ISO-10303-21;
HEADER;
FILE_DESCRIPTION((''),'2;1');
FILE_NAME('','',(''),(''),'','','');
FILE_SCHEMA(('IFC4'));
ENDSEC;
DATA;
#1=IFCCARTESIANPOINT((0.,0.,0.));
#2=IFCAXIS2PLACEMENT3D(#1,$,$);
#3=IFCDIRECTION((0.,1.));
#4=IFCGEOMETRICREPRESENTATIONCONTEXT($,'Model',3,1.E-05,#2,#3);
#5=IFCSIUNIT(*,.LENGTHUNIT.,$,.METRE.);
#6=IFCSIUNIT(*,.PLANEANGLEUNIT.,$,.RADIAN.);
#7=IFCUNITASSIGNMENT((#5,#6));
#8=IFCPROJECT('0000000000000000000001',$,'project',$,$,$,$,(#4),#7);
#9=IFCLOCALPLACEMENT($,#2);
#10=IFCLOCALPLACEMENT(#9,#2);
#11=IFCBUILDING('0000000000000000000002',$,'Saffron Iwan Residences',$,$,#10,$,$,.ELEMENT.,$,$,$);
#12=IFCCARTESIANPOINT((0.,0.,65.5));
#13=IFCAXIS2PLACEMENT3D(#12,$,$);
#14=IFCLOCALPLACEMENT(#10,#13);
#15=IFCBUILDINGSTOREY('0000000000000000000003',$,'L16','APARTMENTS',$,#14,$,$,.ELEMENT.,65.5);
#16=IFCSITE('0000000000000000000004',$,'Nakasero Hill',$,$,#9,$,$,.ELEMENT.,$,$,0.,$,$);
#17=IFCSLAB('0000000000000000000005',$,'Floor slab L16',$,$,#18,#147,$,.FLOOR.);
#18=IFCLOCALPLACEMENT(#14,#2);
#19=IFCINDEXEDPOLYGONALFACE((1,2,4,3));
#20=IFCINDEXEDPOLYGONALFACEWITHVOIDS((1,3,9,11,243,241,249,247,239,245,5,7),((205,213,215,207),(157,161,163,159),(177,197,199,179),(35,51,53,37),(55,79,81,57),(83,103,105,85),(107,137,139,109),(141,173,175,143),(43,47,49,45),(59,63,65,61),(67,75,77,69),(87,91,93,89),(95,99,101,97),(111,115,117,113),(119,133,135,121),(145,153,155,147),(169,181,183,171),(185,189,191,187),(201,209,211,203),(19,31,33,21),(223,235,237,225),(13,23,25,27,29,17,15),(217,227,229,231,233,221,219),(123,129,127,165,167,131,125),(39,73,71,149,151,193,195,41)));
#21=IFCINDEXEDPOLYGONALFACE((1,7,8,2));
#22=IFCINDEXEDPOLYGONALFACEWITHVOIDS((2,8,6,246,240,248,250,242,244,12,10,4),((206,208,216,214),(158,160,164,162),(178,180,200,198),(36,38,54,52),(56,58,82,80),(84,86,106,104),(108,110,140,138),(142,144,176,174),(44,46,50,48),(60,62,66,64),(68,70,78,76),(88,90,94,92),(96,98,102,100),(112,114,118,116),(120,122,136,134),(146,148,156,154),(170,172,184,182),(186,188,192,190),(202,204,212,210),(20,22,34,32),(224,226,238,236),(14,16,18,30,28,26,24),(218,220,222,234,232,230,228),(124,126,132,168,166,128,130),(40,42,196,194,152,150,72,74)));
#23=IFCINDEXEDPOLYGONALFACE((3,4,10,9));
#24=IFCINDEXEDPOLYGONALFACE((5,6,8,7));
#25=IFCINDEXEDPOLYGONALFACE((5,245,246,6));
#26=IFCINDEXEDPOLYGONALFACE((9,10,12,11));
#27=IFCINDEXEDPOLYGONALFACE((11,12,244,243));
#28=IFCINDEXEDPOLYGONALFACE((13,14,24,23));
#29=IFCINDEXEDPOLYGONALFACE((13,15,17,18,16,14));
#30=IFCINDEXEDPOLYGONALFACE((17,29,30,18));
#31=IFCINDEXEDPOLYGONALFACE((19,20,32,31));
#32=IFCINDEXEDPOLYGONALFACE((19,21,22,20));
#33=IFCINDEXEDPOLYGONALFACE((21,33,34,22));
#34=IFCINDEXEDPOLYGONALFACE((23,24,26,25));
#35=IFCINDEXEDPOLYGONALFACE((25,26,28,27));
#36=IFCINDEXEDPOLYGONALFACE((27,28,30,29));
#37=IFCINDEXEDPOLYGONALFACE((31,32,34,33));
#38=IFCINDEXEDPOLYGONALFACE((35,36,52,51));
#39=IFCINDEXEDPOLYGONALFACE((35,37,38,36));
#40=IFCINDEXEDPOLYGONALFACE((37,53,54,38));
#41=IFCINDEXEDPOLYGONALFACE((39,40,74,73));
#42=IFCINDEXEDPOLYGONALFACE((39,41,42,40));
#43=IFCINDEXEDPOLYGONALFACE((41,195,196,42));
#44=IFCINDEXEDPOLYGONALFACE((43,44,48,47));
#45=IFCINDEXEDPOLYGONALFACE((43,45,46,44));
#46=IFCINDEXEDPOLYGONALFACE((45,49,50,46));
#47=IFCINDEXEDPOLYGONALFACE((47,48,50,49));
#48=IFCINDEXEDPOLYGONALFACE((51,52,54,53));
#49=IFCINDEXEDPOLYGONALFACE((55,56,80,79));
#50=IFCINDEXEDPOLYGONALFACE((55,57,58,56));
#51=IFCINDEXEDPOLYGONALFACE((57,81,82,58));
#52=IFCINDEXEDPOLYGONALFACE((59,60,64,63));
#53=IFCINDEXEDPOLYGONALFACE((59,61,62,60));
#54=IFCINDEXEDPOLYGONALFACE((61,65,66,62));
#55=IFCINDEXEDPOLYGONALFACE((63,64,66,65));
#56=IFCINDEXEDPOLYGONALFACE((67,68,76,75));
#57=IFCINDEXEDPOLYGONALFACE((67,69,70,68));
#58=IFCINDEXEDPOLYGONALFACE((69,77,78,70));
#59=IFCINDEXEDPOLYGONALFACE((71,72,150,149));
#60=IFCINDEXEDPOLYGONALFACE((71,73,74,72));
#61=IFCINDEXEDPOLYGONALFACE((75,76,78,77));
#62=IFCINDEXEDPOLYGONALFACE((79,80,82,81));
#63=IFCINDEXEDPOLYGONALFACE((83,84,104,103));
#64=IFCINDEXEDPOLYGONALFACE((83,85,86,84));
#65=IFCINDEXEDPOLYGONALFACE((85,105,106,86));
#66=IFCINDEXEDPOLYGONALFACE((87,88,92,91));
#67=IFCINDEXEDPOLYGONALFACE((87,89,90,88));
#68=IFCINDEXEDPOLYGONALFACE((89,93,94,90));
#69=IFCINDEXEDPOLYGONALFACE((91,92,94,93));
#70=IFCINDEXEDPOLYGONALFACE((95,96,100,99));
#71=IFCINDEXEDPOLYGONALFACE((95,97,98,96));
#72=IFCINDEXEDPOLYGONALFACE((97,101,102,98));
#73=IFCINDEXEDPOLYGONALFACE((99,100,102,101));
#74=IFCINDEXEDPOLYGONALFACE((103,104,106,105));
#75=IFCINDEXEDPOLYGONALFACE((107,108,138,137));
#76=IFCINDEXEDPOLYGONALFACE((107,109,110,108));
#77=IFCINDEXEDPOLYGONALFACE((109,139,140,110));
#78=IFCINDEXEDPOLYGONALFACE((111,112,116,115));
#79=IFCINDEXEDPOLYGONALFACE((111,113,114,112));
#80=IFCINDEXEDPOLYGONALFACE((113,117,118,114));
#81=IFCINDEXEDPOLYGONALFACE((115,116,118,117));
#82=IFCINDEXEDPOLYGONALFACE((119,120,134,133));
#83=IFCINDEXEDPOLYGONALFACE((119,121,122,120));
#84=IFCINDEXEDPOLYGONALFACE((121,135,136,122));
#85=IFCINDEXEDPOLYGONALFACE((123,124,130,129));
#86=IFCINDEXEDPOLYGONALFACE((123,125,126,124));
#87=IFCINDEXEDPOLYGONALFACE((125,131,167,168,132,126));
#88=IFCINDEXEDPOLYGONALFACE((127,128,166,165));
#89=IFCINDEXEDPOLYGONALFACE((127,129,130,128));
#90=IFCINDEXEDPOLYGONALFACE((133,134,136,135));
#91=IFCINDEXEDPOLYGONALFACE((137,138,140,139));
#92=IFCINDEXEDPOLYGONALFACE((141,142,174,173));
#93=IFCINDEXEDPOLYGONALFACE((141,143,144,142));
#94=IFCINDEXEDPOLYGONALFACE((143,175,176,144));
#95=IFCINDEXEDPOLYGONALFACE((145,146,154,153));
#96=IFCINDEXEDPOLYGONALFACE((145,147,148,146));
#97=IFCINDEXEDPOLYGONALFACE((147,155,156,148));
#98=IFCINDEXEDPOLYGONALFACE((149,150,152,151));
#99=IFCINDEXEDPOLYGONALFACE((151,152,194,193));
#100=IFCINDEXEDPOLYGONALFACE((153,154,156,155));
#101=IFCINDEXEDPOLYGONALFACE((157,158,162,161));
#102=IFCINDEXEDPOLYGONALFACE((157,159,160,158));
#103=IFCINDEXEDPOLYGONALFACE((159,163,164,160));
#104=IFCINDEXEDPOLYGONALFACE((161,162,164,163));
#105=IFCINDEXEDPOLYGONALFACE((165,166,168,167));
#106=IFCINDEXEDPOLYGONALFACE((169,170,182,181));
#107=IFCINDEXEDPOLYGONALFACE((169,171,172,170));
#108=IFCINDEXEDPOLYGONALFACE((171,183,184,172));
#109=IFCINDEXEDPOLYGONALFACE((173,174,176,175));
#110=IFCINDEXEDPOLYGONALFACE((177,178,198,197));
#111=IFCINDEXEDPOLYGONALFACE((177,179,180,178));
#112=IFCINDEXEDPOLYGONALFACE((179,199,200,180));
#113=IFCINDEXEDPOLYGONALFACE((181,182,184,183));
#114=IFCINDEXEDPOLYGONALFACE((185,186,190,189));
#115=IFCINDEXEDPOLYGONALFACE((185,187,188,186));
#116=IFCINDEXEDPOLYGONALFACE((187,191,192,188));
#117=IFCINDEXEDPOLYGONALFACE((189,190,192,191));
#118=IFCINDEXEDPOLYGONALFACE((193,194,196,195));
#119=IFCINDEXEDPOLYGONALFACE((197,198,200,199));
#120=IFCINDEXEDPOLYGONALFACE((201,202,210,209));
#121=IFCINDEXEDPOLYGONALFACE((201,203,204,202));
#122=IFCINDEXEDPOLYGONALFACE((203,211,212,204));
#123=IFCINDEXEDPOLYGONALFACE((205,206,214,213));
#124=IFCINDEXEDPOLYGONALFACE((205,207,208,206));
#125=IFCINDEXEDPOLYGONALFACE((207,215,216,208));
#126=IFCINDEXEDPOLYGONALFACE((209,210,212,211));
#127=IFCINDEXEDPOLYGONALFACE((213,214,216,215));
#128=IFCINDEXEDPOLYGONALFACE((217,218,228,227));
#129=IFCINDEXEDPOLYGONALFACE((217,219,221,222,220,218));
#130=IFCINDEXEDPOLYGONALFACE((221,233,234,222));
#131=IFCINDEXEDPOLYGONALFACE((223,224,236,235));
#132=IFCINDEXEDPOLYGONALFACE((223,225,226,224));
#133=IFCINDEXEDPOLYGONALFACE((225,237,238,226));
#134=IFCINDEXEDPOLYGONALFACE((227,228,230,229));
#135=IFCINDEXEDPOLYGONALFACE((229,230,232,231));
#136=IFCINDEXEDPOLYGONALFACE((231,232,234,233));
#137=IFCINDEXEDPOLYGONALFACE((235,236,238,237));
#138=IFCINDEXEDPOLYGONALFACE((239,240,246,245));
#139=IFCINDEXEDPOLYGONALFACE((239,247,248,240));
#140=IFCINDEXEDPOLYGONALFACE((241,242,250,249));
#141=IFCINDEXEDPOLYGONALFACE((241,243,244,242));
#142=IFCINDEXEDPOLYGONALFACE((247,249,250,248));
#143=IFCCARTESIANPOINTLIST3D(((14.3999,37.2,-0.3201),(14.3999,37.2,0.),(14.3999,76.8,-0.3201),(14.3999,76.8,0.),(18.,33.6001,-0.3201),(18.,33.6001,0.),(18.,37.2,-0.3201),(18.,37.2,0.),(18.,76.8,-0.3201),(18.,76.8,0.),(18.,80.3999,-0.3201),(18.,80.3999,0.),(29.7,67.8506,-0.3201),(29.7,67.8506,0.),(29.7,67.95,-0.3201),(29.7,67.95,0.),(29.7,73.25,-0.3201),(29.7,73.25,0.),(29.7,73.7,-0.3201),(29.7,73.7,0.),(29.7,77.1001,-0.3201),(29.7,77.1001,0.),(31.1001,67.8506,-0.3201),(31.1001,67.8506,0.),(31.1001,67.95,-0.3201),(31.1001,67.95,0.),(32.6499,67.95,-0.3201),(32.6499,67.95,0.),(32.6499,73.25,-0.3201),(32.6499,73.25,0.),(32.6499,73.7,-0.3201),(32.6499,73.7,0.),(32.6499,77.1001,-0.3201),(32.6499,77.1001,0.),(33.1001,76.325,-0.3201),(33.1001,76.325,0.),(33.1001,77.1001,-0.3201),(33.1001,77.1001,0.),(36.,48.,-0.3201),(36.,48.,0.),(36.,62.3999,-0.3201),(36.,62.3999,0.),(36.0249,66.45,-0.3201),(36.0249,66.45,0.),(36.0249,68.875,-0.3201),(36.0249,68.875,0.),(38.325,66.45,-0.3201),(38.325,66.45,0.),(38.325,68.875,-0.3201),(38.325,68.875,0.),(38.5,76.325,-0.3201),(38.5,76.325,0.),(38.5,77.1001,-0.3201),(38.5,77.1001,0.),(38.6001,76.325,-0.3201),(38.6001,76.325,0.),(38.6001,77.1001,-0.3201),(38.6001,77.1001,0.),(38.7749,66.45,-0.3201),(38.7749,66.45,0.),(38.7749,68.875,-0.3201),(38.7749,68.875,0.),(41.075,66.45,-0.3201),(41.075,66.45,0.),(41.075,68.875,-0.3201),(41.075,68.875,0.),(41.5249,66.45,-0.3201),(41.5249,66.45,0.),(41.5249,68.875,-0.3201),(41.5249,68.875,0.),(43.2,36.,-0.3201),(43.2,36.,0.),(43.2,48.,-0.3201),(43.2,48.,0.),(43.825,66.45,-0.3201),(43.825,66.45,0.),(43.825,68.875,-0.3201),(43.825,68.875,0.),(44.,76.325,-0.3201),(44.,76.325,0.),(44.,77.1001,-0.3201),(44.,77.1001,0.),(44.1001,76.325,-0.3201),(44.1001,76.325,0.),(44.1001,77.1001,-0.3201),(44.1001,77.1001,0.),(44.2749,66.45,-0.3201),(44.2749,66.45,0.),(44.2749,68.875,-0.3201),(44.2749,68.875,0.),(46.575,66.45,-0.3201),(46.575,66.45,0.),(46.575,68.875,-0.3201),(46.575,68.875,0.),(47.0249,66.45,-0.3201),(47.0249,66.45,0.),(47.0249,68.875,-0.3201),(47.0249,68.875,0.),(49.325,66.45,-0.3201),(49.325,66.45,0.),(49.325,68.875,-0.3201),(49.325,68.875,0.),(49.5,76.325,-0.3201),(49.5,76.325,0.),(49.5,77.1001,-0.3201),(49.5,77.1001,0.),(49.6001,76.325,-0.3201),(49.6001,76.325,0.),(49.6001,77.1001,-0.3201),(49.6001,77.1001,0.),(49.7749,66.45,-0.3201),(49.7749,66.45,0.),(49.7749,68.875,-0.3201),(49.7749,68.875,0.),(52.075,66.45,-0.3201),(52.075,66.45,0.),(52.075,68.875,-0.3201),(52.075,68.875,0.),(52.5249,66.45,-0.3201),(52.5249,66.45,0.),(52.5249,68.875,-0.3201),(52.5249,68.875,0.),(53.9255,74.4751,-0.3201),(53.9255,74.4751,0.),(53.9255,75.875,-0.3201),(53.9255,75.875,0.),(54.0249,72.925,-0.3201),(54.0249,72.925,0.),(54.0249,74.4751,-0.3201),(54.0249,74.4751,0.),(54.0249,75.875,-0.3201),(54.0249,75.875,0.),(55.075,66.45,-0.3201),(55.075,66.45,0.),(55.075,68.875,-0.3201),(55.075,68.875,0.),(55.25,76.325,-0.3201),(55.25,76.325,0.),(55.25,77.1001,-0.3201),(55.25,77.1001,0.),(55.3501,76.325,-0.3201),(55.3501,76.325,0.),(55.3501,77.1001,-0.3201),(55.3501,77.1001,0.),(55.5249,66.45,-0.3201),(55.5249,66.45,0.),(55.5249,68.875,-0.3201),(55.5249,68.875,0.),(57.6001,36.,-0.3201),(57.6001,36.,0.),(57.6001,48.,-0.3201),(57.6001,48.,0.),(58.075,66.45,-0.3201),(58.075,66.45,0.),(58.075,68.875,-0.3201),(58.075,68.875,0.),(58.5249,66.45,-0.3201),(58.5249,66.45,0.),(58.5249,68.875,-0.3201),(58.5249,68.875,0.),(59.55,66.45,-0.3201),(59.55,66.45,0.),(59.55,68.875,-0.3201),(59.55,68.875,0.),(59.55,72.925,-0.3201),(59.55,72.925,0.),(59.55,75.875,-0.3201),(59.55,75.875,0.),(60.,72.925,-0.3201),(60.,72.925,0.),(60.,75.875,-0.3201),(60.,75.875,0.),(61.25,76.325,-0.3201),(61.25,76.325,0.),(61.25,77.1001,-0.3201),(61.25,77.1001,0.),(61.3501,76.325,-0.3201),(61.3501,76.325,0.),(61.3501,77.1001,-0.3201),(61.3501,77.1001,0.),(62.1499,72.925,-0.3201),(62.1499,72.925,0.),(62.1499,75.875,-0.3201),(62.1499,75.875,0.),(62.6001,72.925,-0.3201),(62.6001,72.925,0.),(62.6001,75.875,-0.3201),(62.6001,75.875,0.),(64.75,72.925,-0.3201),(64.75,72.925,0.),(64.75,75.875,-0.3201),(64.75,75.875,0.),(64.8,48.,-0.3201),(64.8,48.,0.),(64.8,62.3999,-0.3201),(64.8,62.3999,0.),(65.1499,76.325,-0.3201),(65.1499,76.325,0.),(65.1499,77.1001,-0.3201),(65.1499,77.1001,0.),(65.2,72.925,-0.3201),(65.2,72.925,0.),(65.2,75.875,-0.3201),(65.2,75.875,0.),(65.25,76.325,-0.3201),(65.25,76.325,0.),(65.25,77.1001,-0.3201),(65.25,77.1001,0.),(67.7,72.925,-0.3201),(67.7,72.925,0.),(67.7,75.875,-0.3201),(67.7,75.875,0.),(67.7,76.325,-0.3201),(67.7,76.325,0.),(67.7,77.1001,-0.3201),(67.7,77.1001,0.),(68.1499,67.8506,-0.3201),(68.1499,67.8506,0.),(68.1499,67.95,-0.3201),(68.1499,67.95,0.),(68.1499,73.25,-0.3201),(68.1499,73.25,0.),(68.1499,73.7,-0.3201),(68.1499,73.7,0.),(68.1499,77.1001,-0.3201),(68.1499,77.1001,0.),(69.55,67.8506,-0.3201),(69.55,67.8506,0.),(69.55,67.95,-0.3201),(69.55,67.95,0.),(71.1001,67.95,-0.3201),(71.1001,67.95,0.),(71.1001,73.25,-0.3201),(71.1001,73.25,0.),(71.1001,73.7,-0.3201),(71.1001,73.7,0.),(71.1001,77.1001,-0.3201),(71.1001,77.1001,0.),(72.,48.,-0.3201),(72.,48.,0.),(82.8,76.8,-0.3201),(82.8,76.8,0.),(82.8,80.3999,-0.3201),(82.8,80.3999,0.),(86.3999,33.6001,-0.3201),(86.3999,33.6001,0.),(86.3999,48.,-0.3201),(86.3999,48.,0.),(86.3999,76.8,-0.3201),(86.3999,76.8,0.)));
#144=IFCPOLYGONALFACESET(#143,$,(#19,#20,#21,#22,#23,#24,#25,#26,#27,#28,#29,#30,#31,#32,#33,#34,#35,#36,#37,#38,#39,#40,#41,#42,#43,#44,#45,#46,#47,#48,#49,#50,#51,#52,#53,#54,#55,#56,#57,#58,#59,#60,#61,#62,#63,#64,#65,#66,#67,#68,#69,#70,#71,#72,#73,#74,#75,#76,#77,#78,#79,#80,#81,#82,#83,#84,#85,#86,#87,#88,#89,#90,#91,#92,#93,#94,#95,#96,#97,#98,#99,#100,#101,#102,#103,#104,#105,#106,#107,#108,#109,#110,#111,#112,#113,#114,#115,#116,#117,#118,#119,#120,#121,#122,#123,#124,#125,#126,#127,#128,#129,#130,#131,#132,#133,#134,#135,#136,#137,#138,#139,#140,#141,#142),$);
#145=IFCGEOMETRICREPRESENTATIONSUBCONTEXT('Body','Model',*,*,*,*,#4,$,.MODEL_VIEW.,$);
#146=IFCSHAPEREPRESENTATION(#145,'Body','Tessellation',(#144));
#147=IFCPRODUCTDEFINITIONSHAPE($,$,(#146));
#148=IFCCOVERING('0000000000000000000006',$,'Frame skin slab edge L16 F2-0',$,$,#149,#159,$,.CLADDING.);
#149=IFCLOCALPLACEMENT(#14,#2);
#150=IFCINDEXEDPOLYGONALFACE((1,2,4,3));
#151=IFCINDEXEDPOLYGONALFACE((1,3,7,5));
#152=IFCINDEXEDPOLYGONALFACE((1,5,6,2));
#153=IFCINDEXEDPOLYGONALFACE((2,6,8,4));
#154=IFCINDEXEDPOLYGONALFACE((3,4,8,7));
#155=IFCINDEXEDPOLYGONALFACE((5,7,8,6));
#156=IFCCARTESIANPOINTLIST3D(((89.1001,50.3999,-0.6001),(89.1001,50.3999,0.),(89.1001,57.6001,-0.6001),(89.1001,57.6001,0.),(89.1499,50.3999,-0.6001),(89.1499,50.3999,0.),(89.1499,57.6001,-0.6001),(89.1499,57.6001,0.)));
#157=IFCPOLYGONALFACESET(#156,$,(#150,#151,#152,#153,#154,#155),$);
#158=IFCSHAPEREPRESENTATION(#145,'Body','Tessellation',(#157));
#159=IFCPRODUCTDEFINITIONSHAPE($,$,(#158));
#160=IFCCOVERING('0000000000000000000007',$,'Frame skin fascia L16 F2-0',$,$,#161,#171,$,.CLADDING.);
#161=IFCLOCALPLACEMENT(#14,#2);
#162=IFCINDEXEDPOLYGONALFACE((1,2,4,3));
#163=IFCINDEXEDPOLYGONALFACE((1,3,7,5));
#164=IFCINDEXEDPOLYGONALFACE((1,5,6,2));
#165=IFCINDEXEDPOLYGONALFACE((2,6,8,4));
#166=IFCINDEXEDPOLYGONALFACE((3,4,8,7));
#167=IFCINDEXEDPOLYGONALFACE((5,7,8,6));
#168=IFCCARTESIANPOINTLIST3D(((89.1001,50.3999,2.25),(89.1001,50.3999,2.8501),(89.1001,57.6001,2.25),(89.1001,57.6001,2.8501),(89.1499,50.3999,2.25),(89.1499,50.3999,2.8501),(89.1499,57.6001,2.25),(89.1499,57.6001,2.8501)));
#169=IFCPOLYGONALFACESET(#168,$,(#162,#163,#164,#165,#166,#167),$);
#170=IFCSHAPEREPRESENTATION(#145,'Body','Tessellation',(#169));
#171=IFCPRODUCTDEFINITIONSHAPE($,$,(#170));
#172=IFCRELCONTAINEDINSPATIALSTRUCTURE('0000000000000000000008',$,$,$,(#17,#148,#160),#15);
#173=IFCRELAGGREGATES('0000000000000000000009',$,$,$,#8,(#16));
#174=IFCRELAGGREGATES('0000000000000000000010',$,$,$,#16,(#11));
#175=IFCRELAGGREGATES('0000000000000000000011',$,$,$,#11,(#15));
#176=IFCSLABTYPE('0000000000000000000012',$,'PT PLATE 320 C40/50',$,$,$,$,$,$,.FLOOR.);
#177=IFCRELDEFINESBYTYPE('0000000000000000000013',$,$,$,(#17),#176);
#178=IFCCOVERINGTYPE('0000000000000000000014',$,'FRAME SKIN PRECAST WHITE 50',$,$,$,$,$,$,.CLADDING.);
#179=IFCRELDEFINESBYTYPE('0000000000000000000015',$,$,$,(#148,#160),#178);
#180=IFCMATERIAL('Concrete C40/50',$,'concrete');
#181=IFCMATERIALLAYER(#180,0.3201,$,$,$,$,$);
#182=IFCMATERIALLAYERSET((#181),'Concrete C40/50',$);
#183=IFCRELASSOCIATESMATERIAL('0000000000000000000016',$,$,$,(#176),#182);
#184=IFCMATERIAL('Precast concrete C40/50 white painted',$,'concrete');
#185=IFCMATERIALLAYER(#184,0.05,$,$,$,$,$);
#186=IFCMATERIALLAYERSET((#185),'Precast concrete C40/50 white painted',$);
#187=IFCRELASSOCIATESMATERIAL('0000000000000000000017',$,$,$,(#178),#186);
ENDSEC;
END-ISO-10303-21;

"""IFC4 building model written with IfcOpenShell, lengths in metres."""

from ifc_helpers import new_model, si_unit, direction, frame, origin, place, context, subcontext, project, spatial, polyline, outline, extrude, material, layer, layer_set, type_object, element, save


model = new_model("IFC4")

# Units and contexts
model_context = context("Model", 3, precision=1e-05, world=origin(), true_north=direction((0.0, 1.0)))
body_context = subcontext(model_context, "Body", "Model", "MODEL_VIEW")
ifc_project = project(units=[si_unit("LENGTHUNIT", "METRE"), si_unit("PLANEANGLEUNIT", "RADIAN")], contexts=[model_context])

# Site, building, storey
site_placement = place(None, origin())
site = spatial("IfcSite", under=ifc_project, at=site_placement, Name="Nakasero Hill", CompositionType="ELEMENT", RefElevation=0.0)
building_placement = place(site_placement, origin())
building = spatial("IfcBuilding", under=site, at=building_placement, Name="Saffron Iwan Residences", CompositionType="ELEMENT")
storey_placement = place(building_placement, frame((0.0, 0.0, 65.5)))
storey = spatial("IfcBuildingStorey", under=building, at=storey_placement, Name="L16", Description="APARTMENTS", CompositionType="ELEMENT", Elevation=65.5)

# Slab
ifc_material_1 = material(Name="Concrete C40/50", Category="concrete")
ifc_layer_1 = layer(ifc_material_1, 0.3201)
ifc_layer_set_1 = layer_set([ifc_layer_1], Name="Concrete C40/50")
slab_type_1 = type_object("IfcSlabType", Name="PT PLATE 320 C40/50", PredefinedType="FLOOR", material=ifc_layer_set_1)
slab_1_placement = place(storey_placement, frame((0.0, 0.0, -0.3201)))
element("IfcSlab", 1, at=slab_1_placement, inside=storey, type_object=slab_type_1, Name="Floor slab L16", PredefinedType="FLOOR", context=body_context, shape_type="SweptSolid", body=[
    extrude(outline(polyline([(14.3999, 37.2), (14.3999, 76.8), (18.0, 76.8), (18.0, 80.3999), (82.8, 80.3999), (82.8, 76.8), (86.3999, 76.8), (86.3999, 48.0), (72.0, 48.0), (86.3999, 33.6001), (18.0, 33.6001), (18.0, 37.2), (14.3999, 37.2)]), holes=[polyline([(64.8, 48.0), (64.8, 62.3999), (36.0, 62.3999), (36.0, 48.0), (43.2, 48.0), (43.2, 36.0), (57.6001, 36.0), (57.6001, 48.0), (64.8, 48.0)]), polyline([(38.325, 68.875), (36.0249, 68.875), (36.0249, 66.45), (38.325, 66.45), (38.325, 68.875)]), polyline([(41.075, 66.45), (41.075, 68.875), (38.7749, 68.875), (38.7749, 66.45), (41.075, 66.45)]), polyline([(43.825, 66.45), (43.825, 68.875), (41.5249, 68.875), (41.5249, 66.45), (43.825, 66.45)]), polyline([(46.575, 68.875), (44.2749, 68.875), (44.2749, 66.45), (46.575, 66.45), (46.575, 68.875)]), polyline([(49.325, 66.45), (49.325, 68.875), (47.0249, 68.875), (47.0249, 66.45), (49.325, 66.45)]), polyline([(52.075, 66.45), (52.075, 68.875), (49.7749, 68.875), (49.7749, 66.45), (52.075, 66.45)]), polyline([(29.7, 73.25), (29.7, 67.95), (29.7, 67.8506), (31.1001, 67.8506), (31.1001, 67.95), (32.6499, 67.95), (32.6499, 73.25), (29.7, 73.25)]), polyline([(32.6499, 73.7), (32.6499, 77.1001), (29.7, 77.1001), (29.7, 73.7), (32.6499, 73.7)]), polyline([(38.5, 76.325), (38.5, 77.1001), (33.1001, 77.1001), (33.1001, 76.325), (38.5, 76.325)]), polyline([(44.0, 77.1001), (38.6001, 77.1001), (38.6001, 76.325), (44.0, 76.325), (44.0, 77.1001)]), polyline([(49.5, 76.325), (49.5, 77.1001), (44.1001, 77.1001), (44.1001, 76.325), (49.5, 76.325)]), polyline([(55.25, 76.325), (55.25, 77.1001), (49.6001, 77.1001), (49.6001, 76.325), (55.25, 76.325)]), polyline([(55.075, 68.875), (52.5249, 68.875), (52.5249, 66.45), (55.075, 66.45), (55.075, 68.875)]), polyline([(58.075, 66.45), (58.075, 68.875), (55.5249, 68.875), (55.5249, 66.45), (58.075, 66.45)]), polyline([(59.55, 66.45), (59.55, 68.875), (58.5249, 68.875), (58.5249, 66.45), (59.55, 66.45)]), polyline([(68.1499, 73.25), (68.1499, 67.95), (68.1499, 67.8506), (69.55, 67.8506), (69.55, 67.95), (71.1001, 67.95), (71.1001, 73.25), (68.1499, 73.25)]), polyline([(53.9255, 74.4751), (54.0249, 74.4751), (54.0249, 72.925), (59.55, 72.925), (59.55, 75.875), (54.0249, 75.875), (53.9255, 75.875), (53.9255, 74.4751)]), polyline([(62.1499, 72.925), (62.1499, 75.875), (60.0, 75.875), (60.0, 72.925), (62.1499, 72.925)]), polyline([(64.75, 75.875), (62.6001, 75.875), (62.6001, 72.925), (64.75, 72.925), (64.75, 75.875)]), polyline([(67.7, 72.925), (67.7, 75.875), (65.2, 75.875), (65.2, 72.925), (67.7, 72.925)]), polyline([(71.1001, 73.7), (71.1001, 77.1001), (68.1499, 77.1001), (68.1499, 73.7), (71.1001, 73.7)]), polyline([(61.25, 77.1001), (55.3501, 77.1001), (55.3501, 76.325), (61.25, 76.325), (61.25, 77.1001)]), polyline([(65.1499, 76.325), (65.1499, 77.1001), (61.3501, 77.1001), (61.3501, 76.325), (65.1499, 76.325)]), polyline([(67.7, 76.325), (67.7, 77.1001), (65.25, 77.1001), (65.25, 76.325), (67.7, 76.325)])]), origin(), (0.0, 0.0, 1.0), 0.3201),
])

# Coverings
ifc_material_2 = material(Name="Precast concrete C40/50 white painted", Category="concrete")
ifc_layer_2 = layer(ifc_material_2, 0.05)
ifc_layer_set_2 = layer_set([ifc_layer_2], Name="Precast concrete C40/50 white painted")
covering_type_1 = type_object("IfcCoveringType", Name="FRAME SKIN PRECAST WHITE 50", PredefinedType="CLADDING", material=ifc_layer_set_2)
for number, where, name in (
    (2, (0.0, 0.0, -0.6001), "Frame skin slab edge L16 F2-0"),
    (3, (0.0, 0.0, 2.25), "Frame skin fascia L16 F2-0"),
):
    element("IfcCovering", number, at=place(storey_placement, frame(where)), inside=storey, type_object=covering_type_1, Name=name, PredefinedType="CLADDING", context=body_context, shape_type="SweptSolid", body=[
        extrude(outline(polyline([(89.1499, 50.3999), (89.1499, 57.6001), (89.1001, 57.6001), (89.1001, 50.3999), (89.1499, 50.3999)])), origin(), (0.0, 0.0, 1.0), 0.6001),
    ])

save(model, "model.ifc")
